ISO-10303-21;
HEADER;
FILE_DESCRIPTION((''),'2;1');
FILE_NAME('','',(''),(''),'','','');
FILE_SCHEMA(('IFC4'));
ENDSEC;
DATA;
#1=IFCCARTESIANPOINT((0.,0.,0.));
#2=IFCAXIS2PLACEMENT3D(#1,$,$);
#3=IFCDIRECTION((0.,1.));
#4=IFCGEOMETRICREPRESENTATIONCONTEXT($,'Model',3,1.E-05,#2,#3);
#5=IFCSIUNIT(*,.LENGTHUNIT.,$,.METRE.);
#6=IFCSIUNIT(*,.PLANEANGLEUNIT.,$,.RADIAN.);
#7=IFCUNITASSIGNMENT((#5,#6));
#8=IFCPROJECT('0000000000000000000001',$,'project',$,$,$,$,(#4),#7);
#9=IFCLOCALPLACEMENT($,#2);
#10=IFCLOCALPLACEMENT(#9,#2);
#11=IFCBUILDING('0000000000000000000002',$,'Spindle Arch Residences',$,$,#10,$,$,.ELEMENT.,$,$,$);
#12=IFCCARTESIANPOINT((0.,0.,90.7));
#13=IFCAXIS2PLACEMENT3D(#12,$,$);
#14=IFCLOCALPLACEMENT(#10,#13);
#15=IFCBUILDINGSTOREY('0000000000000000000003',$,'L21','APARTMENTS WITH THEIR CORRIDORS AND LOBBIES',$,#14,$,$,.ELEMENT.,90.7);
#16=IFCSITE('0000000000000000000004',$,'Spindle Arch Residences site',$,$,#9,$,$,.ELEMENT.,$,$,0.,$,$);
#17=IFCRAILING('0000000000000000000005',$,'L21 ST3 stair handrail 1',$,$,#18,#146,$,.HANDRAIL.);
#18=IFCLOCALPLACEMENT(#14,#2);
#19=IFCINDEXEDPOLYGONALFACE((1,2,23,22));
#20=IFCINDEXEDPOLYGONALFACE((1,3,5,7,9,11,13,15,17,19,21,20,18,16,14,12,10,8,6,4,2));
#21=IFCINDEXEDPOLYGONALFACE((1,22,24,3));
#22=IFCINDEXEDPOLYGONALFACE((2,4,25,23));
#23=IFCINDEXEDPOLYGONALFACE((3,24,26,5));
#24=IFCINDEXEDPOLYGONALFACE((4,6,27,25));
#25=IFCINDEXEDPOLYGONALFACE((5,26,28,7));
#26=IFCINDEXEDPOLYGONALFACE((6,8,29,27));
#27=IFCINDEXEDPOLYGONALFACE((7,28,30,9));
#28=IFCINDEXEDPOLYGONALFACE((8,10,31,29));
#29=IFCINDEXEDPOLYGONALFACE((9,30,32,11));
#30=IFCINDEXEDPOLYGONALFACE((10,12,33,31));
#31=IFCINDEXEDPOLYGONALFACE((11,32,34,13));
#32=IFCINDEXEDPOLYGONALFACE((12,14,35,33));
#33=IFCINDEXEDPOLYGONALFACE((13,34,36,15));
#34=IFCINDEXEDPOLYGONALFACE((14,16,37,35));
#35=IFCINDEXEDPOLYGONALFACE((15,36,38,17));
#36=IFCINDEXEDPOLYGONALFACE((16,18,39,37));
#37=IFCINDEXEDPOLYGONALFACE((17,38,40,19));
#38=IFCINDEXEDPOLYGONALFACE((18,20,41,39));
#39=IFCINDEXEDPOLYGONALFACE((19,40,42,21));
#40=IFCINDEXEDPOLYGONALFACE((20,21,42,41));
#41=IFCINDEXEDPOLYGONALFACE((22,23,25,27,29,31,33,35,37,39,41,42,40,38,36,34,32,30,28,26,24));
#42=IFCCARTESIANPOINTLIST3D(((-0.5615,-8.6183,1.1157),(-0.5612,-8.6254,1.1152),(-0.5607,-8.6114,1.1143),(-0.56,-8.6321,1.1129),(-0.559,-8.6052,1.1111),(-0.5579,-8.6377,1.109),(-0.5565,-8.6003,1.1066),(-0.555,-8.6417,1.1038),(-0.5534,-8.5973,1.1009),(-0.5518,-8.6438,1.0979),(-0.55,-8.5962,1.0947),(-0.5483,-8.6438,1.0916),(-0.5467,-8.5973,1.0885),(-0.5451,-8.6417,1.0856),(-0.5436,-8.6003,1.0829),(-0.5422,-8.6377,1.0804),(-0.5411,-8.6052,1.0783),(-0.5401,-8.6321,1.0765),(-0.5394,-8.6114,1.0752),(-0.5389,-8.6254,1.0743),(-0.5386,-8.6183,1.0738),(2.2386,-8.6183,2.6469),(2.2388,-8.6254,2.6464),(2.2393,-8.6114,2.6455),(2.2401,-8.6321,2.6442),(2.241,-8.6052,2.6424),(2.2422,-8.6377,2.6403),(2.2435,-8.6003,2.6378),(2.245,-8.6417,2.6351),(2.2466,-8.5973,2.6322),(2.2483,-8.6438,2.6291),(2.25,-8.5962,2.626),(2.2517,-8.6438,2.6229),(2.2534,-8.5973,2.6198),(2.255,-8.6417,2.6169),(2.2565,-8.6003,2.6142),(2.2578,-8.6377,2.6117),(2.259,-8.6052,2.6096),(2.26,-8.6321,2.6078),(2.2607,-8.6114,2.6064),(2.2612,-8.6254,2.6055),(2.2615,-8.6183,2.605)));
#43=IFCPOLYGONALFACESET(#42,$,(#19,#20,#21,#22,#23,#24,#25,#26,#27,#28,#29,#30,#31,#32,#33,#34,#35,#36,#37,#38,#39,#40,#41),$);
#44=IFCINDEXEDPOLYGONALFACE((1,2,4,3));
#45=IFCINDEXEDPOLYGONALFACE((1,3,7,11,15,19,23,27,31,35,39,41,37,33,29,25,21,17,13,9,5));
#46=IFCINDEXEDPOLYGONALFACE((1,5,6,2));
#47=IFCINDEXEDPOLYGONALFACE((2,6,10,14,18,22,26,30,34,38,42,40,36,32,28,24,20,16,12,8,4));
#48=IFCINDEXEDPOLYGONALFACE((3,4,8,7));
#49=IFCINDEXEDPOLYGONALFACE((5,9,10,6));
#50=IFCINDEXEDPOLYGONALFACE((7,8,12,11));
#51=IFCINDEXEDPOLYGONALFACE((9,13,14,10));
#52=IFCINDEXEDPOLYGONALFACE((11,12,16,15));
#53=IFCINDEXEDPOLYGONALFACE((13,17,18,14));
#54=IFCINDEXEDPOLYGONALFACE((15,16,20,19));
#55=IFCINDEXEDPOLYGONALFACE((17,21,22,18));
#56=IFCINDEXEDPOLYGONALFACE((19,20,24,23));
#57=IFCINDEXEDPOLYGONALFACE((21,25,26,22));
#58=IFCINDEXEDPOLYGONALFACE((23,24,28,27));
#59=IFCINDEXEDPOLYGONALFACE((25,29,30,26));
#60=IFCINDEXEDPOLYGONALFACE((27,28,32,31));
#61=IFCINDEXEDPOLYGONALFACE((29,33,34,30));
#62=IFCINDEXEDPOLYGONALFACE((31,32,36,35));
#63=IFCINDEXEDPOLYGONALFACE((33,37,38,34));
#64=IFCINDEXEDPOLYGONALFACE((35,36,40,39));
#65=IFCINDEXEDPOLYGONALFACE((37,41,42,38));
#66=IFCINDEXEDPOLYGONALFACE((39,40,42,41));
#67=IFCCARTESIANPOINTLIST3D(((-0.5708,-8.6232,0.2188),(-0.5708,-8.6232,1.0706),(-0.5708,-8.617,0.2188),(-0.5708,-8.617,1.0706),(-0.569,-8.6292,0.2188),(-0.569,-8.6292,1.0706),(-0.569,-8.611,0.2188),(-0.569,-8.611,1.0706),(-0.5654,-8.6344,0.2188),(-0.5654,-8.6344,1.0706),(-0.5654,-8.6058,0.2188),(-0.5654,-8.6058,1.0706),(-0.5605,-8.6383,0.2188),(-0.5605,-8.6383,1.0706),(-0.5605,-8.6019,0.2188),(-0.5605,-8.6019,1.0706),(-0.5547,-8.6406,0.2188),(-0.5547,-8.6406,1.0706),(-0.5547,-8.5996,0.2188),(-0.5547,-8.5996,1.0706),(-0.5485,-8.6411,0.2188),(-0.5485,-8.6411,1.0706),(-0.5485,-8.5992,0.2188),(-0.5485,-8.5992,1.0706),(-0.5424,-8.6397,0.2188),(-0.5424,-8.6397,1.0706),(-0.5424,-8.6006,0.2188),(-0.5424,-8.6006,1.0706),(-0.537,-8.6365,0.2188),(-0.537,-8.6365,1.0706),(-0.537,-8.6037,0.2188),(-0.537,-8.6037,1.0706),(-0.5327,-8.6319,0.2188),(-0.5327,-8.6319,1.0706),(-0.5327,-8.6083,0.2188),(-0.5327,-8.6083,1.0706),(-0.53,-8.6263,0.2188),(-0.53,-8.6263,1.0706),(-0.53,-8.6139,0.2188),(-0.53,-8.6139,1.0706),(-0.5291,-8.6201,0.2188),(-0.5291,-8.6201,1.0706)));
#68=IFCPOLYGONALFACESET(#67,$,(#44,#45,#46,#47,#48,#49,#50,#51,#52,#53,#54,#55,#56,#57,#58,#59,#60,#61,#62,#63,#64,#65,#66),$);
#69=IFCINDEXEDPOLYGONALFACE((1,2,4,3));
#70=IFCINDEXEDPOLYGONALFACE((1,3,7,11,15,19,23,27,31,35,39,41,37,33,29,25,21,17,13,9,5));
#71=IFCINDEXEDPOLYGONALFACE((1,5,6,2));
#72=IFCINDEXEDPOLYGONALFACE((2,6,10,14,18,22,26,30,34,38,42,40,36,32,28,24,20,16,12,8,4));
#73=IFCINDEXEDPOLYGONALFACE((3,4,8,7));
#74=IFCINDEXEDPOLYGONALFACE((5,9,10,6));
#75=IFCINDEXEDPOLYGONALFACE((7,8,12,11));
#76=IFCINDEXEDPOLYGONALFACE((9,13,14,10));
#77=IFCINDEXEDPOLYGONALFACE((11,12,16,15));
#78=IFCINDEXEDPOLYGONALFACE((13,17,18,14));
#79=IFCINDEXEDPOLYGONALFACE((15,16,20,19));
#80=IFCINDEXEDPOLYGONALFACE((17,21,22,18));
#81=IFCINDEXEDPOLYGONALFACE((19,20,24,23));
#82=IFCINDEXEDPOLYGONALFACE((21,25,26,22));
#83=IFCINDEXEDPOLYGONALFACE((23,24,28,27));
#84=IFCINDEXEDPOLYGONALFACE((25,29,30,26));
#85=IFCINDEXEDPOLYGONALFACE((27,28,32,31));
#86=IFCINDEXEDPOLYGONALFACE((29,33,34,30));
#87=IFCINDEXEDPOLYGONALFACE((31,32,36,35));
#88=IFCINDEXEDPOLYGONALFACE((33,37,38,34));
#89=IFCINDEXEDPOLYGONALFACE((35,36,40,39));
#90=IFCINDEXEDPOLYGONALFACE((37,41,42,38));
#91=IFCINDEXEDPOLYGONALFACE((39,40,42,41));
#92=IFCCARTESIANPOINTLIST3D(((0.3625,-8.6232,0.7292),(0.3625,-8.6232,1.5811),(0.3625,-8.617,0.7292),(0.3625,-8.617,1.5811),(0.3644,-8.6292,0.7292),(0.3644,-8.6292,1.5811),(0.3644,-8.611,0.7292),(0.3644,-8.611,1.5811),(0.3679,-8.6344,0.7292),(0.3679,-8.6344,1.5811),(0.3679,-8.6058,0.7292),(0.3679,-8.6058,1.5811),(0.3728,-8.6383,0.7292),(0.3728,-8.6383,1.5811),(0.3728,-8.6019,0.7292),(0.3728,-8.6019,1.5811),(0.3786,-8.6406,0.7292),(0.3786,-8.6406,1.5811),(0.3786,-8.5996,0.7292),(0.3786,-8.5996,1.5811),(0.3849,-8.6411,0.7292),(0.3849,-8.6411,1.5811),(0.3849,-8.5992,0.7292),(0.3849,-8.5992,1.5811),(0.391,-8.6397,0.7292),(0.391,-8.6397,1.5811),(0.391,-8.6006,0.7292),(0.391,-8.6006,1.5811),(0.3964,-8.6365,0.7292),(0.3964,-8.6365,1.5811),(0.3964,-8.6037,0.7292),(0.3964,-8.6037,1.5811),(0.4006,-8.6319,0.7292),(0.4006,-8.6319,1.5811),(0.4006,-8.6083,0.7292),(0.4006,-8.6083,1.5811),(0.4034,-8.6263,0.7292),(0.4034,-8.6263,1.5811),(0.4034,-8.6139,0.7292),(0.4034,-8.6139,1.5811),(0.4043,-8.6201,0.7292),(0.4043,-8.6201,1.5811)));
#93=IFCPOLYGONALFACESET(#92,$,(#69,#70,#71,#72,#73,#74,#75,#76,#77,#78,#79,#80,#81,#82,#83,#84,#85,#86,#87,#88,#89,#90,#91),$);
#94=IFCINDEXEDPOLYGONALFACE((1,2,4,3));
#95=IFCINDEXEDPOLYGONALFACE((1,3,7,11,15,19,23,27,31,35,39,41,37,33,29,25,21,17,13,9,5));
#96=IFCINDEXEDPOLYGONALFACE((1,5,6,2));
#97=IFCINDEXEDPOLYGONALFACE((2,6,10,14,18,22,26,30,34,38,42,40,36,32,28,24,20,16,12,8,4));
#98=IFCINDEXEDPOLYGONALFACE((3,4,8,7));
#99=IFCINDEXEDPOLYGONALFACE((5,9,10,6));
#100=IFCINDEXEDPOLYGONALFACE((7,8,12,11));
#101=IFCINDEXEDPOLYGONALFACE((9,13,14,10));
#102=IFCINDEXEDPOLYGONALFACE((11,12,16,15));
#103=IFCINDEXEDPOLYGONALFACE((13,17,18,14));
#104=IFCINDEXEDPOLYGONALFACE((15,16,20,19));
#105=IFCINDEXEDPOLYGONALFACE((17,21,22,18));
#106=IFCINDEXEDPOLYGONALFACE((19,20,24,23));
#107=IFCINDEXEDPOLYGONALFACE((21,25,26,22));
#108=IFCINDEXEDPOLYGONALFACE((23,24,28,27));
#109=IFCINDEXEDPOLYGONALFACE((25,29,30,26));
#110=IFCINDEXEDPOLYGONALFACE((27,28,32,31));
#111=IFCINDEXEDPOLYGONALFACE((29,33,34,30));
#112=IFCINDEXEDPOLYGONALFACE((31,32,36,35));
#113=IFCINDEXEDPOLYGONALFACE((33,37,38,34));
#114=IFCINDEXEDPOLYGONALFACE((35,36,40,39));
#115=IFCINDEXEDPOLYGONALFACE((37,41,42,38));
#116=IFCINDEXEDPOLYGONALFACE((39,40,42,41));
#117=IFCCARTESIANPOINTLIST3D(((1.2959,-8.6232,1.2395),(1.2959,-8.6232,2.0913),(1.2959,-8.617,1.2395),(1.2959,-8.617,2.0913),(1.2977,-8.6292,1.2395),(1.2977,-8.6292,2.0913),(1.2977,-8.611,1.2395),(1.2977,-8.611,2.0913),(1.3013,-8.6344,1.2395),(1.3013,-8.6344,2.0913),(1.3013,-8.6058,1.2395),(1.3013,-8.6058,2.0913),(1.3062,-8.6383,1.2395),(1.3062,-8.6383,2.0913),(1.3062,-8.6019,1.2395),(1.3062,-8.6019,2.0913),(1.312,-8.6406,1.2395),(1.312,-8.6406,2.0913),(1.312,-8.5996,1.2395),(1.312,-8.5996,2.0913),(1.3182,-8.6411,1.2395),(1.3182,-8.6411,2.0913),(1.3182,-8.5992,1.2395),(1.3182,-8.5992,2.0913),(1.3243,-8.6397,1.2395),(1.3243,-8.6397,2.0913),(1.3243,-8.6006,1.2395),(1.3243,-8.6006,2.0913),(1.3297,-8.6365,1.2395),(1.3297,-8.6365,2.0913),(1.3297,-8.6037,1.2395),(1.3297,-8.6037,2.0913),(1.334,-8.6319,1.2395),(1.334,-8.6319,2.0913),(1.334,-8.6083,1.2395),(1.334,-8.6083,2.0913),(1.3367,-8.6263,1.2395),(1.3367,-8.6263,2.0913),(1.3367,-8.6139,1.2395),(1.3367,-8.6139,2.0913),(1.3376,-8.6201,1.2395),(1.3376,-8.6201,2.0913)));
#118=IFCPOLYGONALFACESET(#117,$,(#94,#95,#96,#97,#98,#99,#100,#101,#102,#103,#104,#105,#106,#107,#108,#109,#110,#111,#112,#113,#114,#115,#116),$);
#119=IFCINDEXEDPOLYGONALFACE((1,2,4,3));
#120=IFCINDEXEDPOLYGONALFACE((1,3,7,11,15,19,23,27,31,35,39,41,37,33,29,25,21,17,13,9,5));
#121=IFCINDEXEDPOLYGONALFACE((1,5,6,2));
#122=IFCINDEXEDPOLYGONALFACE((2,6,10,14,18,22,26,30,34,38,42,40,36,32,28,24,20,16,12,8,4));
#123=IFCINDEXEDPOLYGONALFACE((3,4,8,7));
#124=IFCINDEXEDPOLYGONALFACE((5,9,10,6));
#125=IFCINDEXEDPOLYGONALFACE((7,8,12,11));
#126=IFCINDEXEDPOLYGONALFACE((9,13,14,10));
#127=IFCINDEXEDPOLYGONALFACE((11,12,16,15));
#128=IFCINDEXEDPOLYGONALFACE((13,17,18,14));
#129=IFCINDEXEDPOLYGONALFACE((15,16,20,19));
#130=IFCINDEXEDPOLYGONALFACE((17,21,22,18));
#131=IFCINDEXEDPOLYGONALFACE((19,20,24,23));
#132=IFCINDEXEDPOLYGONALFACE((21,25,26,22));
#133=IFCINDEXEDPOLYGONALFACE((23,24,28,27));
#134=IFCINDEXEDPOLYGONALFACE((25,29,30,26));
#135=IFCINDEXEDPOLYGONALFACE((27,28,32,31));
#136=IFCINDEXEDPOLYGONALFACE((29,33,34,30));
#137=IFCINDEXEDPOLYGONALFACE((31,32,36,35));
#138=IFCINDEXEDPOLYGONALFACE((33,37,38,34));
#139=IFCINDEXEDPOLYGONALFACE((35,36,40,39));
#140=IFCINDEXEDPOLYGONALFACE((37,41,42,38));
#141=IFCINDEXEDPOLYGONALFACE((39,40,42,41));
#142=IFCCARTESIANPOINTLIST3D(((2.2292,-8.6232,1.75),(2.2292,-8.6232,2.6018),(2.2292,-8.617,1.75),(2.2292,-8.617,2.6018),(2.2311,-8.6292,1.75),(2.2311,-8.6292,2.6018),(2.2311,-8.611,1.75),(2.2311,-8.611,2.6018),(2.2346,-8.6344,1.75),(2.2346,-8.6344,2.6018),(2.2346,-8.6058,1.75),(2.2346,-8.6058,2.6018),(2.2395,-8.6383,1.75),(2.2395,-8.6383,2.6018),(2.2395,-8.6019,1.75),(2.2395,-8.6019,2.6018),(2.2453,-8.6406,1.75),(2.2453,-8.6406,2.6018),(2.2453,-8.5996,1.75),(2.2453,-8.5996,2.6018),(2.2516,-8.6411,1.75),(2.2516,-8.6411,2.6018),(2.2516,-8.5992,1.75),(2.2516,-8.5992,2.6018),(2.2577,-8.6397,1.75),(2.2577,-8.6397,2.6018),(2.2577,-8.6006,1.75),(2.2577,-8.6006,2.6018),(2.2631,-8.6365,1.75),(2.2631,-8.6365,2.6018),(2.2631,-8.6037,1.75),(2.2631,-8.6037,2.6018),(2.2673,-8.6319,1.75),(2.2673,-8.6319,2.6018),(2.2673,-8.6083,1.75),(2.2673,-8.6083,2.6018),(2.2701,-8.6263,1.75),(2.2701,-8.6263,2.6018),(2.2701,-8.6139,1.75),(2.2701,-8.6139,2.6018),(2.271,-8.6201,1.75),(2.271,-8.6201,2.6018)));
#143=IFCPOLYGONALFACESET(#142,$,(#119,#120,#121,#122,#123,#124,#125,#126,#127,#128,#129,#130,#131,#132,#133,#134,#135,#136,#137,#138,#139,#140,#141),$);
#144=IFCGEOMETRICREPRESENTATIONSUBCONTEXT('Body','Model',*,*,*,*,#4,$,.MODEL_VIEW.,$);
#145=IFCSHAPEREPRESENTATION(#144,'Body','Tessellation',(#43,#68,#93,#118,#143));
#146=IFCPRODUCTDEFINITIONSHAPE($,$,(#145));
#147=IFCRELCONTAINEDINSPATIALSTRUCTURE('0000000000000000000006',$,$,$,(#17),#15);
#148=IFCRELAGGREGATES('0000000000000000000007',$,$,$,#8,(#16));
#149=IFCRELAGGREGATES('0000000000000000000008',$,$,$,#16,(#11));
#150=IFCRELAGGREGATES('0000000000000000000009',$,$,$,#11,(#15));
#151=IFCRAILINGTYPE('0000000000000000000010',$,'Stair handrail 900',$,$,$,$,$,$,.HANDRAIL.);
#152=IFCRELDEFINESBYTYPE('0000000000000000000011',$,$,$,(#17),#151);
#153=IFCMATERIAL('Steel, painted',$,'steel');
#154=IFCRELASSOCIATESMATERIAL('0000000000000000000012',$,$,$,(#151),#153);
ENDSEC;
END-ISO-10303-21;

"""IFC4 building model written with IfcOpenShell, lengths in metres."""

from ifc_helpers import new_model, si_unit, direction, frame, origin, origin_2d, place, context, subcontext, project, spatial, circle, extrude, material, type_object, element, save


model = new_model("IFC4")

# Units and contexts
model_context = context("Model", 3, precision=1e-05, world=origin(), true_north=direction((0.0, 1.0)))
body_context = subcontext(model_context, "Body", "Model", "MODEL_VIEW")
ifc_project = project(units=[si_unit("LENGTHUNIT", "METRE"), si_unit("PLANEANGLEUNIT", "RADIAN")], contexts=[model_context])

# Site, building, storey
site_placement = place(None, origin())
site = spatial("IfcSite", under=ifc_project, at=site_placement, Name="Spindle Arch Residences site", CompositionType="ELEMENT", RefElevation=0.0)
building_placement = place(site_placement, origin())
building = spatial("IfcBuilding", under=site, at=building_placement, Name="Spindle Arch Residences", CompositionType="ELEMENT")
storey_placement = place(building_placement, frame((0.0, 0.0, 90.7)))
storey = spatial("IfcBuildingStorey", under=building, at=storey_placement, Name="L21", Description="APARTMENTS WITH THEIR CORRIDORS AND LOBBIES", CompositionType="ELEMENT", Elevation=90.7)

# Railing
ifc_material_1 = material(Name="Steel, painted", Category="steel")
railing_type_1 = type_object("IfcRailingType", Name="Stair handrail 900", PredefinedType="HANDRAIL", material=ifc_material_1)
railing_1_placement = place(storey_placement, frame((-0.55, -8.6201, 0.2188)))
element("IfcRailing", 1, at=railing_1_placement, inside=storey, type_object=railing_type_1, Name="L21 ST3 stair handrail 1", PredefinedType="HANDRAIL", context=body_context, shape_type="SweptSolid", body=[
    extrude(circle(Radius=0.0239, at=origin_2d()), frame((0.0, 0.0, 0.876), z_axis=(0.877375, 0.0, 0.479806), x_axis=(0.0, 1.0, 0.0)), (0.0, 0.0, 1.0), 3.1914),
    extrude(circle(Radius=0.021, at=origin_2d()), origin(), (0.0, 0.0, 1.0), 0.8518),
    extrude(circle(Radius=0.021, at=origin_2d()), frame((0.9333, 0.0, 0.5105)), (0.0, 0.0, 1.0), 0.8518),
    extrude(circle(Radius=0.021, at=origin_2d()), frame((1.8667, 0.0, 1.0208)), (0.0, 0.0, 1.0), 0.8518),
    extrude(circle(Radius=0.021, at=origin_2d()), frame((2.8, 0.0, 1.5312)), (0.0, 0.0, 1.0), 0.8518),
])

save(model, "model.ifc")
